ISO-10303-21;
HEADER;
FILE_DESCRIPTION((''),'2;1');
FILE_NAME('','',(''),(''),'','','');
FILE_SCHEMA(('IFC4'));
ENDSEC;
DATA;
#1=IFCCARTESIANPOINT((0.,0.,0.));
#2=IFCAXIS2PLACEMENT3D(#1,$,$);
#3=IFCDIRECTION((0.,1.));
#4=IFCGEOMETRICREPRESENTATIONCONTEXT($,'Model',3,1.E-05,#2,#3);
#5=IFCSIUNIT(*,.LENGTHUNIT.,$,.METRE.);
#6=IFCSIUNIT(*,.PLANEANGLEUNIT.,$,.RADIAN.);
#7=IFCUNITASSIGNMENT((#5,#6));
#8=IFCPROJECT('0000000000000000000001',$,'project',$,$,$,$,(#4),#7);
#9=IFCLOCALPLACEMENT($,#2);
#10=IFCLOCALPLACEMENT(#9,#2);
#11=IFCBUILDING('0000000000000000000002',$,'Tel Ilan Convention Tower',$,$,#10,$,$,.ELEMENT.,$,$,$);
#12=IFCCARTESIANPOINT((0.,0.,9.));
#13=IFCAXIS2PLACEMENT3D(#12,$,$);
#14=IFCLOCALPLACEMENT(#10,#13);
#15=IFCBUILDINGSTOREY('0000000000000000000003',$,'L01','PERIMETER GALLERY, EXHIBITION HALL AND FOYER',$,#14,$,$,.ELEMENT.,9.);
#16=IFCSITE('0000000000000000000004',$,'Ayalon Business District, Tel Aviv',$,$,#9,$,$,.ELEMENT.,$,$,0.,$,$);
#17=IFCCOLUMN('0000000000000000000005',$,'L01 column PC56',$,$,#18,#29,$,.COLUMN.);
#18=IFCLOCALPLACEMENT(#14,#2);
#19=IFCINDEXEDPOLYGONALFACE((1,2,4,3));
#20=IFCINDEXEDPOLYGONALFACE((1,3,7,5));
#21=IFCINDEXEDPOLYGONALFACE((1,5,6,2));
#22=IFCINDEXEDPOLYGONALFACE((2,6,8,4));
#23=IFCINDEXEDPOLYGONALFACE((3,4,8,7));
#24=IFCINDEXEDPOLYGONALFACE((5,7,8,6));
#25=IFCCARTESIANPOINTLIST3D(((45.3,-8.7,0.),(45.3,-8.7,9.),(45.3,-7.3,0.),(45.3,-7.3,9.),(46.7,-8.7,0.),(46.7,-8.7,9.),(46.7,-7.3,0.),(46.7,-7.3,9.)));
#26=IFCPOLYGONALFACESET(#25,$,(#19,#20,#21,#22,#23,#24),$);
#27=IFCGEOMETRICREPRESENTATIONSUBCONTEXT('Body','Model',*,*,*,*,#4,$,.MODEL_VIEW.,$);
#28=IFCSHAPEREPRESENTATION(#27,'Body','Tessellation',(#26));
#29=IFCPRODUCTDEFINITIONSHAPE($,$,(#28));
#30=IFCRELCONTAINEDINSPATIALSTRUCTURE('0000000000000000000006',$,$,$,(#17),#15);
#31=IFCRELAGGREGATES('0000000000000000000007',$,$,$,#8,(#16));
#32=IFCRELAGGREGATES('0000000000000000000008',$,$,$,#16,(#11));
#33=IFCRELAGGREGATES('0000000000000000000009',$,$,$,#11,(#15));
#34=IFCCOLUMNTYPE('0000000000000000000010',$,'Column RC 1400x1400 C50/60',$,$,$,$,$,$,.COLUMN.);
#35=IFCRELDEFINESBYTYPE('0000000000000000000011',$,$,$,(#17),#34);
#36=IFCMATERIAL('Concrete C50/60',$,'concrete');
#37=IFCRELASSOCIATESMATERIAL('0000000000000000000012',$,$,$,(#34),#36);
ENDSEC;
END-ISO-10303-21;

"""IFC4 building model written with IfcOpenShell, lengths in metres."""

from ifc_helpers import new_model, si_unit, direction, frame, origin, origin_2d, place, context, subcontext, project, spatial, rectangle, extrude, material, material_profile, profile_set, type_object, element, save


model = new_model("IFC4")

# Units and contexts
model_context = context("Model", 3, precision=1e-05, world=origin(), true_north=direction((0.0, 1.0)))
body_context = subcontext(model_context, "Body", "Model", "MODEL_VIEW")
ifc_project = project(units=[si_unit("LENGTHUNIT", "METRE"), si_unit("PLANEANGLEUNIT", "RADIAN")], contexts=[model_context])

# Site, building, storey
site_placement = place(None, origin())
site = spatial("IfcSite", under=ifc_project, at=site_placement, Name="Ayalon Business District, Tel Aviv", CompositionType="ELEMENT", RefElevation=0.0)
building_placement = place(site_placement, origin())
building = spatial("IfcBuilding", under=site, at=building_placement, Name="Tel Ilan Convention Tower", CompositionType="ELEMENT")
storey_placement = place(building_placement, frame((0.0, 0.0, 9.0)))
storey = spatial("IfcBuildingStorey", under=building, at=storey_placement, Name="L01", Description="PERIMETER GALLERY, EXHIBITION HALL AND FOYER", CompositionType="ELEMENT", Elevation=9.0)

# Column
ifc_material_1 = material(Name="Concrete C50/60", Category="concrete")
ifc_material_profile = material_profile(ifc_material_1, rectangle(XDim=1.3999, YDim=1.3999, at=origin_2d()), Name="RC 1400x1400")
ifc_profile_set = profile_set([ifc_material_profile], Name="Concrete C50/60")
column_type = type_object("IfcColumnType", Name="Column RC 1400x1400 C50/60", PredefinedType="COLUMN", material=ifc_profile_set)
column_placement = place(storey_placement, frame((46.0, -8.0, 0.0), z_axis=(0.0, 0.0, 1.0), x_axis=(1.0, 0.0, 0.0)))
element("IfcColumn", 1, at=column_placement, inside=storey, type_object=column_type, Name="L01 column PC56", PredefinedType="COLUMN", context=body_context, shape_type="SweptSolid", body=[
    extrude(rectangle(XDim=1.3999, YDim=1.3999, at=origin_2d()), origin(), (0.0, 0.0, 1.0), 9.0),
])

save(model, "model.ifc")
